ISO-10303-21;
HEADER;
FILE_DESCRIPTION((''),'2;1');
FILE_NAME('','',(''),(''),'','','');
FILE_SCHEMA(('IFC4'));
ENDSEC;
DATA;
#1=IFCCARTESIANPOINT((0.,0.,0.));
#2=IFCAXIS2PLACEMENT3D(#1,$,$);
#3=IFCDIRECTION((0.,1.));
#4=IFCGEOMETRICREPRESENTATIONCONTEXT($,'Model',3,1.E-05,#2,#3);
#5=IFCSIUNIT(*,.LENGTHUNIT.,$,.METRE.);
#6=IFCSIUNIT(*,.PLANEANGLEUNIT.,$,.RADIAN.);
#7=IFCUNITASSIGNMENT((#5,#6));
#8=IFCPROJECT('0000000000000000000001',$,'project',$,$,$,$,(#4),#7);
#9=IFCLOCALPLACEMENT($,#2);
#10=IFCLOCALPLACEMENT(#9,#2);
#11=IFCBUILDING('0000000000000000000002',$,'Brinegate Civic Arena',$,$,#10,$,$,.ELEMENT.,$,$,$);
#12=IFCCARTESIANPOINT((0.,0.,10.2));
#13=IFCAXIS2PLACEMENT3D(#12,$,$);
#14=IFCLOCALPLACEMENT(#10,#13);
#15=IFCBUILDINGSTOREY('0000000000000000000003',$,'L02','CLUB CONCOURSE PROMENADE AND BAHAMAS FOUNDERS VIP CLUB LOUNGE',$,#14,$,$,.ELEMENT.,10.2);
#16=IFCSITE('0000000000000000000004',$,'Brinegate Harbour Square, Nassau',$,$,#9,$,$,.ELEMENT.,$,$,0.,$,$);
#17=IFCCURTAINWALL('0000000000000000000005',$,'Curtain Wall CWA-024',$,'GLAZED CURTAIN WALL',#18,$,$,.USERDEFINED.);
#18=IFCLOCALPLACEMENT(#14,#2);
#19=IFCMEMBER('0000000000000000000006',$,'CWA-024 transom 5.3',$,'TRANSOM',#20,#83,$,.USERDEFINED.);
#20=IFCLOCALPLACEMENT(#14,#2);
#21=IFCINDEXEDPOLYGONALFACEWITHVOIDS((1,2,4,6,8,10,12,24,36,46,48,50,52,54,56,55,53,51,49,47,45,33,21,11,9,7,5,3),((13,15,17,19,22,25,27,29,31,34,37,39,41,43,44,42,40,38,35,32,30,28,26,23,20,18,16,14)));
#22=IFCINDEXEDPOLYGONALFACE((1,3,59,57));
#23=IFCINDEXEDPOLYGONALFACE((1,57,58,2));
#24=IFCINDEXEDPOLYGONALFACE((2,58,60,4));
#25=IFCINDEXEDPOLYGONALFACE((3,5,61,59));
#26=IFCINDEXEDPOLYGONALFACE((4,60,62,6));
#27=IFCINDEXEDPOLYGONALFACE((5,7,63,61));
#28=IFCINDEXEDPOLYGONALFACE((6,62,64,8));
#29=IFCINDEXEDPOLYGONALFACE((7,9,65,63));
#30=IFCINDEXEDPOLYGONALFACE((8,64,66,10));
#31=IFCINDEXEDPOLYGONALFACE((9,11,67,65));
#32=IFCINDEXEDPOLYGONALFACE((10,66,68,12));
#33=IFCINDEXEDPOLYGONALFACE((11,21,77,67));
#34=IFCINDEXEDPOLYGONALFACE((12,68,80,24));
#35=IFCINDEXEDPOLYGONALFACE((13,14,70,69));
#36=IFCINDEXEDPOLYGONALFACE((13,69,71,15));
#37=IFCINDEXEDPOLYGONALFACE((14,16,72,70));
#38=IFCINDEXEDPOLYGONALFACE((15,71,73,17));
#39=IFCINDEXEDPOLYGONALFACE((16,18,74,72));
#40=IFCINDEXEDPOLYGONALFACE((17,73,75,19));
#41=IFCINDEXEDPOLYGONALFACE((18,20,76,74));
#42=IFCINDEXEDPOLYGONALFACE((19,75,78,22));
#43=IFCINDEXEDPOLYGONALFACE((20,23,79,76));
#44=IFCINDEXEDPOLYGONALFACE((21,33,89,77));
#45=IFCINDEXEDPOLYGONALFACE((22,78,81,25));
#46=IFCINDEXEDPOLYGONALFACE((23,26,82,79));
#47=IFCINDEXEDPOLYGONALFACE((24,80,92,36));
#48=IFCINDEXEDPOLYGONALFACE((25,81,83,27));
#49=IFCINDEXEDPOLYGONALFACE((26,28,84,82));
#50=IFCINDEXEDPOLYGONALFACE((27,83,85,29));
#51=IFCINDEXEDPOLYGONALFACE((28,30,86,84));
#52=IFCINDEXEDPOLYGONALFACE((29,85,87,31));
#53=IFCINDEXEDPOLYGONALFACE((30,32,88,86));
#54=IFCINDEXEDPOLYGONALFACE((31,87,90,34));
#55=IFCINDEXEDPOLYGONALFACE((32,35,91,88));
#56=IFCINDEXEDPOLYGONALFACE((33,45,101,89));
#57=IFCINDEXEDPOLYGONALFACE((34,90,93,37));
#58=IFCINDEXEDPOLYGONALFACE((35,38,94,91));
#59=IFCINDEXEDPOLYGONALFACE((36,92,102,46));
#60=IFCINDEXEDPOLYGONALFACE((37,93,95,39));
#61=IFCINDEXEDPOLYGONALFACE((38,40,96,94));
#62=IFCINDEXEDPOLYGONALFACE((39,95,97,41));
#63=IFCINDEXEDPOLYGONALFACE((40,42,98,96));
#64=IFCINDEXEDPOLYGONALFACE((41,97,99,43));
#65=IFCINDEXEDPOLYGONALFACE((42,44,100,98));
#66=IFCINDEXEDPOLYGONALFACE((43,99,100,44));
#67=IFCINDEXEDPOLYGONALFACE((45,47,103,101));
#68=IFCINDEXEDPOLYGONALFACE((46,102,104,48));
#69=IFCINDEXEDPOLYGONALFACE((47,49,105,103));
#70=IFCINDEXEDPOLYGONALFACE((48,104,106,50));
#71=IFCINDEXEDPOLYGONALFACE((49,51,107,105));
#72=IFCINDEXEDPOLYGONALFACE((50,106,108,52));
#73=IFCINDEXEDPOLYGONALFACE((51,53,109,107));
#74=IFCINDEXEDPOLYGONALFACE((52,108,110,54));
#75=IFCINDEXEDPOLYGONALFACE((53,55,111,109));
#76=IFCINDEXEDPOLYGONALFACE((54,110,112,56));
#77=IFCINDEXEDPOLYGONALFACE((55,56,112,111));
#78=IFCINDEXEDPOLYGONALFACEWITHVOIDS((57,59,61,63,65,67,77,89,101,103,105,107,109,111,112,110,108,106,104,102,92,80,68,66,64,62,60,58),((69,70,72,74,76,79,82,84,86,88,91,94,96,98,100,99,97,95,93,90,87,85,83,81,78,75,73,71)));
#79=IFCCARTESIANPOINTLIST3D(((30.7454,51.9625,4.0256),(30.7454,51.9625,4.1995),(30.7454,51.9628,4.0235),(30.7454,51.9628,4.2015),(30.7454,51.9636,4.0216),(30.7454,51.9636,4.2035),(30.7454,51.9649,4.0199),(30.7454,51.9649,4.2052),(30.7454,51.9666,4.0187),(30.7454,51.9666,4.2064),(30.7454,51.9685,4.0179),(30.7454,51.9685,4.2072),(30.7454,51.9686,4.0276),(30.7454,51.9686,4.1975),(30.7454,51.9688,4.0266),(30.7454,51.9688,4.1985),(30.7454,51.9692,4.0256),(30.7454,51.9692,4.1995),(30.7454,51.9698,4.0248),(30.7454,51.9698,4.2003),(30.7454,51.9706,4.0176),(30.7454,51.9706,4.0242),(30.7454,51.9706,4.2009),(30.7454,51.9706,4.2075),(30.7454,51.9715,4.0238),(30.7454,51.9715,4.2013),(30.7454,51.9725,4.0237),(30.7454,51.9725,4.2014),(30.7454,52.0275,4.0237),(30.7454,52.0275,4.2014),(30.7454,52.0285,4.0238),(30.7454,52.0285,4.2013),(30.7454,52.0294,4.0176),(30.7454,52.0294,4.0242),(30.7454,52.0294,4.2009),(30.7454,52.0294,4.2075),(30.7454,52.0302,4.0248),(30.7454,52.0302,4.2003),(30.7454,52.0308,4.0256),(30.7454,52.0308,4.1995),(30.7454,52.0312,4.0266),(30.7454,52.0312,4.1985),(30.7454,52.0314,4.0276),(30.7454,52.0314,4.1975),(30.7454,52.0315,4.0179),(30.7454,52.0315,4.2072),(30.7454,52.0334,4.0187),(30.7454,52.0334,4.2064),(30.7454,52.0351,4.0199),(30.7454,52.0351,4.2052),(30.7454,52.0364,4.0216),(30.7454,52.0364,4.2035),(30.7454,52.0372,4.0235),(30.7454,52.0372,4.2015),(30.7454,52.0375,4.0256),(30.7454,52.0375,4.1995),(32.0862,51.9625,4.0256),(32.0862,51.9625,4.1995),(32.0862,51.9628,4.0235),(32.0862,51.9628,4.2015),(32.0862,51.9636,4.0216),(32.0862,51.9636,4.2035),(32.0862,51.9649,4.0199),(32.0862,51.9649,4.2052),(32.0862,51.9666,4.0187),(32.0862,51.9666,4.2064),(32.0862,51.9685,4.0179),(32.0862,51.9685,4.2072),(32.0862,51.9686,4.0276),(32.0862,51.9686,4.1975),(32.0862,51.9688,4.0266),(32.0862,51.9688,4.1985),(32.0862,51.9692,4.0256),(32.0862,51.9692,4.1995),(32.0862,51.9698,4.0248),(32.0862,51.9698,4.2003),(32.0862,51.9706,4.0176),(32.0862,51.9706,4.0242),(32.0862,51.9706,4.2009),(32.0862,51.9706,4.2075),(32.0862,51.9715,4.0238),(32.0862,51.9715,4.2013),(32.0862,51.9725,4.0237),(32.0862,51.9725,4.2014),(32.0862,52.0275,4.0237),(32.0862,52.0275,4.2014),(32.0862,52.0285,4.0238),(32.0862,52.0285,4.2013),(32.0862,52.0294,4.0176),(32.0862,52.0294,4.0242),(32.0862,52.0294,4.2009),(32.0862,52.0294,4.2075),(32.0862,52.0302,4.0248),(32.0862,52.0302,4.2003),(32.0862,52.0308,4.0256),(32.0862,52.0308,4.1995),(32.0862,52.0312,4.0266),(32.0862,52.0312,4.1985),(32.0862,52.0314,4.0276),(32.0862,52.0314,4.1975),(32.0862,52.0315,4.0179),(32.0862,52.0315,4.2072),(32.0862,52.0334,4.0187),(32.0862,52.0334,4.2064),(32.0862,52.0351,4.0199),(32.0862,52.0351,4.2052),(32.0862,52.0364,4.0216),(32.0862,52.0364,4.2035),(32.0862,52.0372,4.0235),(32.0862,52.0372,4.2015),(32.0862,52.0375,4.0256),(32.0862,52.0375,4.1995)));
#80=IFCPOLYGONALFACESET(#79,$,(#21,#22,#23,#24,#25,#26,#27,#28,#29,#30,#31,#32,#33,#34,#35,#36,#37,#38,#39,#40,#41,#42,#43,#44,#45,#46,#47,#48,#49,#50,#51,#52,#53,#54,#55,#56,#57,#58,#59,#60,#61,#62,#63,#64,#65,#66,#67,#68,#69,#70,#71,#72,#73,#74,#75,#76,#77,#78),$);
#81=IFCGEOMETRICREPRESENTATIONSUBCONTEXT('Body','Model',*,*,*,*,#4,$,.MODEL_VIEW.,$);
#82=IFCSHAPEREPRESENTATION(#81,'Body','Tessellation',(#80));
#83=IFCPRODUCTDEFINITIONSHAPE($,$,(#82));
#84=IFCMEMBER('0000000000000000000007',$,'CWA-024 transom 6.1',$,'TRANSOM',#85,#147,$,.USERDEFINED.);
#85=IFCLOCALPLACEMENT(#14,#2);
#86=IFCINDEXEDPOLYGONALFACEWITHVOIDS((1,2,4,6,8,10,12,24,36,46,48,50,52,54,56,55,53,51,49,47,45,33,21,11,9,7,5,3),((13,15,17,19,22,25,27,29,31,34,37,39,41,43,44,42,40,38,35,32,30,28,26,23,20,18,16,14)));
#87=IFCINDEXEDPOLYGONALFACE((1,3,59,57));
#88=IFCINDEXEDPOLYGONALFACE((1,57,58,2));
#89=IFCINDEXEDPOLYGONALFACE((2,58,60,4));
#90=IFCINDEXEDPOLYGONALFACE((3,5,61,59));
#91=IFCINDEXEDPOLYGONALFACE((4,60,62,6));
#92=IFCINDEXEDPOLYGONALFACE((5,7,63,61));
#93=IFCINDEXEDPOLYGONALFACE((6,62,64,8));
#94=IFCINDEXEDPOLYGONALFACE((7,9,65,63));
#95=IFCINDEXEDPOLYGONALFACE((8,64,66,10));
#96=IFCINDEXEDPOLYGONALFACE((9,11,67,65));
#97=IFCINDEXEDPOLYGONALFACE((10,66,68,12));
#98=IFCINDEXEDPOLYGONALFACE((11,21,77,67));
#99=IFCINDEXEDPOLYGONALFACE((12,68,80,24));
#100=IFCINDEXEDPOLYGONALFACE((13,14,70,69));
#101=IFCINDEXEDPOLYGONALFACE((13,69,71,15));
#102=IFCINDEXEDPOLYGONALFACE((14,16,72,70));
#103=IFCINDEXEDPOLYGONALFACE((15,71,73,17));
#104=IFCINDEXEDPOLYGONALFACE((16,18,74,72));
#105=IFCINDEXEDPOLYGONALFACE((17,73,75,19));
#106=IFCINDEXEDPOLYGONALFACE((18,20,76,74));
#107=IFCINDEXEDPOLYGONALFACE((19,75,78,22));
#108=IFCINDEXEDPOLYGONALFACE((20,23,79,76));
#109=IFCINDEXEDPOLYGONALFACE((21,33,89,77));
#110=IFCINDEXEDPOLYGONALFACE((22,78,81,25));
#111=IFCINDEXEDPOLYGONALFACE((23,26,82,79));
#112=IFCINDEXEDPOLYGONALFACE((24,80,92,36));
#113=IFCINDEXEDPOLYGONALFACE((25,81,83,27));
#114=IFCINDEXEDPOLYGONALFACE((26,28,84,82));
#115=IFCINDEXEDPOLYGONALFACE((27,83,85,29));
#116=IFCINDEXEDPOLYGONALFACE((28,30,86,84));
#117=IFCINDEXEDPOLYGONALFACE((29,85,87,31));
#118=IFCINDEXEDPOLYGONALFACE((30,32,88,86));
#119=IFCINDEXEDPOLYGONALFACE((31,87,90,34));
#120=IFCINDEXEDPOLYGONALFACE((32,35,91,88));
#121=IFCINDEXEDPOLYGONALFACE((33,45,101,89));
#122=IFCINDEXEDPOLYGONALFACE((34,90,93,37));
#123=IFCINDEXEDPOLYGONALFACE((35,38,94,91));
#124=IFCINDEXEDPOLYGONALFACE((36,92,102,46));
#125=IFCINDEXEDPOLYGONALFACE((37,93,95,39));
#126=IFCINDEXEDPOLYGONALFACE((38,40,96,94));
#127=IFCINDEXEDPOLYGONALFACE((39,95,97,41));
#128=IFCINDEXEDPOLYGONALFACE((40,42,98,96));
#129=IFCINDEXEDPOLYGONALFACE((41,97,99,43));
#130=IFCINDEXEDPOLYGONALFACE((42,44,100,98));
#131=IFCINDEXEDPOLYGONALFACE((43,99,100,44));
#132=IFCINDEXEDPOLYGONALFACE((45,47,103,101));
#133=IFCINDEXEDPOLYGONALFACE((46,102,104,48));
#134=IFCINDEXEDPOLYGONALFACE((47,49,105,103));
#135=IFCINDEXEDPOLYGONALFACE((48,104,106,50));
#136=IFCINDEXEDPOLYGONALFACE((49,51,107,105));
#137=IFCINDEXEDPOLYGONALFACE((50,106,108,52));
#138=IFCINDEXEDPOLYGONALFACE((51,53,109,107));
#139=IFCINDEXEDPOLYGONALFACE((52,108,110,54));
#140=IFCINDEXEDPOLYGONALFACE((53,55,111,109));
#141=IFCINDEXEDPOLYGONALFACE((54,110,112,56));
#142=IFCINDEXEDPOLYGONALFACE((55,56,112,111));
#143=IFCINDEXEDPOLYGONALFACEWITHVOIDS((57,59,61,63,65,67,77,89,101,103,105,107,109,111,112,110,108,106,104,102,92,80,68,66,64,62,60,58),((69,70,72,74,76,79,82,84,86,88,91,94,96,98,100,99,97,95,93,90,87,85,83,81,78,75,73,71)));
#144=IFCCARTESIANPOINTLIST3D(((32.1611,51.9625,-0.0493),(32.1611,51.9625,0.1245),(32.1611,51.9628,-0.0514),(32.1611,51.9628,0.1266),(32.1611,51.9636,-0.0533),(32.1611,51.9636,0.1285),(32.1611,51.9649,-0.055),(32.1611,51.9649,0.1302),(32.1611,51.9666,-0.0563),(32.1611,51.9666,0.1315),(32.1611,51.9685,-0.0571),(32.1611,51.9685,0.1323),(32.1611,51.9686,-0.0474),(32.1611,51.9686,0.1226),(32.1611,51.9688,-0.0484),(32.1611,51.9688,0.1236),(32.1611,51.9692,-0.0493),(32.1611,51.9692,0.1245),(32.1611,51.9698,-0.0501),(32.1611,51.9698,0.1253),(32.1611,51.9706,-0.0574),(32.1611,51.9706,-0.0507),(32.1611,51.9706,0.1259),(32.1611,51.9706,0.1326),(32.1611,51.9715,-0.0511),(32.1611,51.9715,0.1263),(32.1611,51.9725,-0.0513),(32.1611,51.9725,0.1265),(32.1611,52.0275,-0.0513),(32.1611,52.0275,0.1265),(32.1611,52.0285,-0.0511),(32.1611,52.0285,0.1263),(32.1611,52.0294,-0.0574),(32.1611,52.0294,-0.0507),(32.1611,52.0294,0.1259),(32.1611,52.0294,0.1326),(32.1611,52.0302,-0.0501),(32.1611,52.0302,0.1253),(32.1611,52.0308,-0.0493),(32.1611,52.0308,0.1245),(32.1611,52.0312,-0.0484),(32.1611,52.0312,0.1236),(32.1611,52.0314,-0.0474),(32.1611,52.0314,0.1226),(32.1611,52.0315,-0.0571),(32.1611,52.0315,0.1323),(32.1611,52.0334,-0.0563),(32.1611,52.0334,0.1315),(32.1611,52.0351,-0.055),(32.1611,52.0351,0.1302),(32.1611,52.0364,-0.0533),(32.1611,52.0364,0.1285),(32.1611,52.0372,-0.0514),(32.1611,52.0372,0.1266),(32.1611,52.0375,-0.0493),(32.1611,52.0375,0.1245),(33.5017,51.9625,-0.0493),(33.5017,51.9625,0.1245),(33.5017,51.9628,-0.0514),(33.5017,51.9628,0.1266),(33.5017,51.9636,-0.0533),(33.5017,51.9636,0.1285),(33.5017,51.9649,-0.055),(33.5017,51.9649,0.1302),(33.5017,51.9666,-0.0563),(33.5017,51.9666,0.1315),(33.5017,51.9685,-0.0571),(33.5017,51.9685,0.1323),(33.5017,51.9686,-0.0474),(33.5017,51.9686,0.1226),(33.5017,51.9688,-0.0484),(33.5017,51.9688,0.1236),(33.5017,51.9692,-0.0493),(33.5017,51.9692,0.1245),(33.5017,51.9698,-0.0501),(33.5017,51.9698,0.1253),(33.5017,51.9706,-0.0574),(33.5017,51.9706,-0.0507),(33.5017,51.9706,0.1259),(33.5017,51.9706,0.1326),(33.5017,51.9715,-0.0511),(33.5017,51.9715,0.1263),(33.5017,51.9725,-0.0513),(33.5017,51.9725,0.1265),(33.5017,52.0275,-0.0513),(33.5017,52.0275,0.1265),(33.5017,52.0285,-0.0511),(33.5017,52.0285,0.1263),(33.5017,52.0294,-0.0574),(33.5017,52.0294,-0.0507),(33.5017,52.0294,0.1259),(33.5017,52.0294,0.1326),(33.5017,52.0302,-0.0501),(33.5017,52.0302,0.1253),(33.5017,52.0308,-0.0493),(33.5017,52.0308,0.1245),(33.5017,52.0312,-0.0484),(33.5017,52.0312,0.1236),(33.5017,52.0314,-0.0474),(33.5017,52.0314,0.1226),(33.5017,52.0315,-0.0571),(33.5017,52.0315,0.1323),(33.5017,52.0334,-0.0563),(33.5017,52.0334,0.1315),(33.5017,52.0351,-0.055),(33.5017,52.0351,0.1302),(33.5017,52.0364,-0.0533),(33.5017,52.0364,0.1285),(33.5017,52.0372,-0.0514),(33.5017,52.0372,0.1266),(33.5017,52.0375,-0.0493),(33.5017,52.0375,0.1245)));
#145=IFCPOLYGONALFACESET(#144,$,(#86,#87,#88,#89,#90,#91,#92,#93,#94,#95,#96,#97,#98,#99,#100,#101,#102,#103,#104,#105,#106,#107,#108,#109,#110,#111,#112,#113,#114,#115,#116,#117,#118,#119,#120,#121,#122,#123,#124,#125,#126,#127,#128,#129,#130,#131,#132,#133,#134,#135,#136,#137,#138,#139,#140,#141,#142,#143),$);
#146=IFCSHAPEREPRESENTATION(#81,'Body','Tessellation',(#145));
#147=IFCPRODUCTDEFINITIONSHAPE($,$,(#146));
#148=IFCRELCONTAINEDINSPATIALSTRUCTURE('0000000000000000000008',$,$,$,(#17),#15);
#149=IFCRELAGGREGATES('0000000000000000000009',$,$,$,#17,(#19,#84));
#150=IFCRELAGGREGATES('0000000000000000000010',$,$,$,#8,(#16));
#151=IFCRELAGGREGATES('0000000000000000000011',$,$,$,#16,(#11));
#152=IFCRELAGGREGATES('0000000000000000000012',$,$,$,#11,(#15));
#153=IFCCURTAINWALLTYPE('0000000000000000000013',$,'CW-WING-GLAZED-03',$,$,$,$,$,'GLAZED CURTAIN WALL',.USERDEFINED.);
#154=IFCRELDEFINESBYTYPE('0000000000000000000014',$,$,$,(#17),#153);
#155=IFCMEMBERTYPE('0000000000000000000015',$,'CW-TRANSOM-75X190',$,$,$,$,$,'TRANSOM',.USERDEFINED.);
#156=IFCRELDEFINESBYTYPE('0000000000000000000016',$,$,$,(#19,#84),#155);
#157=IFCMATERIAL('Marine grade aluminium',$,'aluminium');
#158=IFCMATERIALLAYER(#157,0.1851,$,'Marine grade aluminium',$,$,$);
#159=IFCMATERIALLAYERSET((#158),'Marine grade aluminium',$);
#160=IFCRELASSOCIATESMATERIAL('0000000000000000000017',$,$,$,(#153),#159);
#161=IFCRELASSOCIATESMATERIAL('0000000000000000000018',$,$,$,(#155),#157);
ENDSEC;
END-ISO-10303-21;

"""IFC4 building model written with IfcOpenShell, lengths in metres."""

from ifc_helpers import new_model, si_unit, direction, frame, origin, origin_2d, place, context, subcontext, project, spatial, hollow_rectangle, extrude, material, layer, layer_set, material_profile, profile_set, type_object, element, aggregate, save


model = new_model("IFC4")

# Units and contexts
model_context = context("Model", 3, precision=1e-05, world=origin(), true_north=direction((0.0, 1.0)))
body_context = subcontext(model_context, "Body", "Model", "MODEL_VIEW")
ifc_project = project(units=[si_unit("LENGTHUNIT", "METRE"), si_unit("PLANEANGLEUNIT", "RADIAN")], contexts=[model_context])

# Site, building, storey
site_placement = place(None, origin())
site = spatial("IfcSite", under=ifc_project, at=site_placement, Name="Brinegate Harbour Square, Nassau", CompositionType="ELEMENT", RefElevation=0.0)
building_placement = place(site_placement, origin())
building = spatial("IfcBuilding", under=site, at=building_placement, Name="Brinegate Civic Arena", CompositionType="ELEMENT")
storey_placement = place(building_placement, frame((0.0, 0.0, 10.2)))
storey = spatial("IfcBuildingStorey", under=building, at=storey_placement, Name="L02", Description="CLUB CONCOURSE PROMENADE AND BAHAMAS FOUNDERS VIP CLUB LOUNGE", CompositionType="ELEMENT", Elevation=10.2)

# Curtain wall
ifc_material_1 = material(Name="Marine grade aluminium", Category="aluminium")
ifc_layer_1 = layer(ifc_material_1, 0.1851, Name="Marine grade aluminium")
ifc_layer_set_1 = layer_set([ifc_layer_1], Name="Marine grade aluminium")
curtain_wall_type = type_object("IfcCurtainWallType", Name="CW-WING-GLAZED-03", ElementType="GLAZED CURTAIN WALL", PredefinedType="USERDEFINED", material=ifc_layer_set_1)
curtain_wall_1_placement = place(storey_placement, origin())
curtain_wall_1 = element("IfcCurtainWall", 1, at=curtain_wall_1_placement, inside=storey, type_object=curtain_wall_type, Name="Curtain Wall CWA-024", ObjectType="GLAZED CURTAIN WALL", PredefinedType="USERDEFINED")

# Members
ifc_material_profile_1 = material_profile(ifc_material_1, hollow_rectangle(XDim=0.075, YDim=0.1899, WallThickness=0.0061, InnerFilletRadius=0.0039, OuterFilletRadius=0.0081, at=origin_2d()), Name="TRN75X190")
ifc_profile_set_1 = profile_set([ifc_material_profile_1], Name="Marine grade aluminium")
member_type_1 = type_object("IfcMemberType", Name="CW-TRANSOM-75X190", ElementType="TRANSOM", PredefinedType="USERDEFINED", material=ifc_profile_set_1)
member_1_placement = place(storey_placement, frame((30.7454, 52.0, 4.1125), z_axis=(1.0, 0.0, 0.0), x_axis=(0.0, 1.0, 0.0)))
member_1 = element("IfcMember", 2, at=member_1_placement, type_object=member_type_1, Name="CWA-024 transom 5.3", ObjectType="TRANSOM", PredefinedType="USERDEFINED", context=body_context, shape_type="SweptSolid", body=[
    extrude(hollow_rectangle(XDim=0.075, YDim=0.1899, WallThickness=0.0061, InnerFilletRadius=0.0039, OuterFilletRadius=0.0081, at=origin_2d()), origin(), (0.0, 0.0, 1.0), 1.3408),
])
member_2_placement = place(storey_placement, frame((32.1611, 52.0, 0.0376), z_axis=(1.0, 0.0, 0.0), x_axis=(0.0, 1.0, 0.0)))
member_2 = element("IfcMember", 3, at=member_2_placement, type_object=member_type_1, Name="CWA-024 transom 6.1", ObjectType="TRANSOM", PredefinedType="USERDEFINED", context=body_context, shape_type="SweptSolid", body=[
    extrude(hollow_rectangle(XDim=0.075, YDim=0.1899, WallThickness=0.0061, InnerFilletRadius=0.0039, OuterFilletRadius=0.0081, at=origin_2d()), origin(), (0.0, 0.0, 1.0), 1.3406),
])

aggregate(curtain_wall_1, [member_1, member_2])

save(model, "model.ifc")
